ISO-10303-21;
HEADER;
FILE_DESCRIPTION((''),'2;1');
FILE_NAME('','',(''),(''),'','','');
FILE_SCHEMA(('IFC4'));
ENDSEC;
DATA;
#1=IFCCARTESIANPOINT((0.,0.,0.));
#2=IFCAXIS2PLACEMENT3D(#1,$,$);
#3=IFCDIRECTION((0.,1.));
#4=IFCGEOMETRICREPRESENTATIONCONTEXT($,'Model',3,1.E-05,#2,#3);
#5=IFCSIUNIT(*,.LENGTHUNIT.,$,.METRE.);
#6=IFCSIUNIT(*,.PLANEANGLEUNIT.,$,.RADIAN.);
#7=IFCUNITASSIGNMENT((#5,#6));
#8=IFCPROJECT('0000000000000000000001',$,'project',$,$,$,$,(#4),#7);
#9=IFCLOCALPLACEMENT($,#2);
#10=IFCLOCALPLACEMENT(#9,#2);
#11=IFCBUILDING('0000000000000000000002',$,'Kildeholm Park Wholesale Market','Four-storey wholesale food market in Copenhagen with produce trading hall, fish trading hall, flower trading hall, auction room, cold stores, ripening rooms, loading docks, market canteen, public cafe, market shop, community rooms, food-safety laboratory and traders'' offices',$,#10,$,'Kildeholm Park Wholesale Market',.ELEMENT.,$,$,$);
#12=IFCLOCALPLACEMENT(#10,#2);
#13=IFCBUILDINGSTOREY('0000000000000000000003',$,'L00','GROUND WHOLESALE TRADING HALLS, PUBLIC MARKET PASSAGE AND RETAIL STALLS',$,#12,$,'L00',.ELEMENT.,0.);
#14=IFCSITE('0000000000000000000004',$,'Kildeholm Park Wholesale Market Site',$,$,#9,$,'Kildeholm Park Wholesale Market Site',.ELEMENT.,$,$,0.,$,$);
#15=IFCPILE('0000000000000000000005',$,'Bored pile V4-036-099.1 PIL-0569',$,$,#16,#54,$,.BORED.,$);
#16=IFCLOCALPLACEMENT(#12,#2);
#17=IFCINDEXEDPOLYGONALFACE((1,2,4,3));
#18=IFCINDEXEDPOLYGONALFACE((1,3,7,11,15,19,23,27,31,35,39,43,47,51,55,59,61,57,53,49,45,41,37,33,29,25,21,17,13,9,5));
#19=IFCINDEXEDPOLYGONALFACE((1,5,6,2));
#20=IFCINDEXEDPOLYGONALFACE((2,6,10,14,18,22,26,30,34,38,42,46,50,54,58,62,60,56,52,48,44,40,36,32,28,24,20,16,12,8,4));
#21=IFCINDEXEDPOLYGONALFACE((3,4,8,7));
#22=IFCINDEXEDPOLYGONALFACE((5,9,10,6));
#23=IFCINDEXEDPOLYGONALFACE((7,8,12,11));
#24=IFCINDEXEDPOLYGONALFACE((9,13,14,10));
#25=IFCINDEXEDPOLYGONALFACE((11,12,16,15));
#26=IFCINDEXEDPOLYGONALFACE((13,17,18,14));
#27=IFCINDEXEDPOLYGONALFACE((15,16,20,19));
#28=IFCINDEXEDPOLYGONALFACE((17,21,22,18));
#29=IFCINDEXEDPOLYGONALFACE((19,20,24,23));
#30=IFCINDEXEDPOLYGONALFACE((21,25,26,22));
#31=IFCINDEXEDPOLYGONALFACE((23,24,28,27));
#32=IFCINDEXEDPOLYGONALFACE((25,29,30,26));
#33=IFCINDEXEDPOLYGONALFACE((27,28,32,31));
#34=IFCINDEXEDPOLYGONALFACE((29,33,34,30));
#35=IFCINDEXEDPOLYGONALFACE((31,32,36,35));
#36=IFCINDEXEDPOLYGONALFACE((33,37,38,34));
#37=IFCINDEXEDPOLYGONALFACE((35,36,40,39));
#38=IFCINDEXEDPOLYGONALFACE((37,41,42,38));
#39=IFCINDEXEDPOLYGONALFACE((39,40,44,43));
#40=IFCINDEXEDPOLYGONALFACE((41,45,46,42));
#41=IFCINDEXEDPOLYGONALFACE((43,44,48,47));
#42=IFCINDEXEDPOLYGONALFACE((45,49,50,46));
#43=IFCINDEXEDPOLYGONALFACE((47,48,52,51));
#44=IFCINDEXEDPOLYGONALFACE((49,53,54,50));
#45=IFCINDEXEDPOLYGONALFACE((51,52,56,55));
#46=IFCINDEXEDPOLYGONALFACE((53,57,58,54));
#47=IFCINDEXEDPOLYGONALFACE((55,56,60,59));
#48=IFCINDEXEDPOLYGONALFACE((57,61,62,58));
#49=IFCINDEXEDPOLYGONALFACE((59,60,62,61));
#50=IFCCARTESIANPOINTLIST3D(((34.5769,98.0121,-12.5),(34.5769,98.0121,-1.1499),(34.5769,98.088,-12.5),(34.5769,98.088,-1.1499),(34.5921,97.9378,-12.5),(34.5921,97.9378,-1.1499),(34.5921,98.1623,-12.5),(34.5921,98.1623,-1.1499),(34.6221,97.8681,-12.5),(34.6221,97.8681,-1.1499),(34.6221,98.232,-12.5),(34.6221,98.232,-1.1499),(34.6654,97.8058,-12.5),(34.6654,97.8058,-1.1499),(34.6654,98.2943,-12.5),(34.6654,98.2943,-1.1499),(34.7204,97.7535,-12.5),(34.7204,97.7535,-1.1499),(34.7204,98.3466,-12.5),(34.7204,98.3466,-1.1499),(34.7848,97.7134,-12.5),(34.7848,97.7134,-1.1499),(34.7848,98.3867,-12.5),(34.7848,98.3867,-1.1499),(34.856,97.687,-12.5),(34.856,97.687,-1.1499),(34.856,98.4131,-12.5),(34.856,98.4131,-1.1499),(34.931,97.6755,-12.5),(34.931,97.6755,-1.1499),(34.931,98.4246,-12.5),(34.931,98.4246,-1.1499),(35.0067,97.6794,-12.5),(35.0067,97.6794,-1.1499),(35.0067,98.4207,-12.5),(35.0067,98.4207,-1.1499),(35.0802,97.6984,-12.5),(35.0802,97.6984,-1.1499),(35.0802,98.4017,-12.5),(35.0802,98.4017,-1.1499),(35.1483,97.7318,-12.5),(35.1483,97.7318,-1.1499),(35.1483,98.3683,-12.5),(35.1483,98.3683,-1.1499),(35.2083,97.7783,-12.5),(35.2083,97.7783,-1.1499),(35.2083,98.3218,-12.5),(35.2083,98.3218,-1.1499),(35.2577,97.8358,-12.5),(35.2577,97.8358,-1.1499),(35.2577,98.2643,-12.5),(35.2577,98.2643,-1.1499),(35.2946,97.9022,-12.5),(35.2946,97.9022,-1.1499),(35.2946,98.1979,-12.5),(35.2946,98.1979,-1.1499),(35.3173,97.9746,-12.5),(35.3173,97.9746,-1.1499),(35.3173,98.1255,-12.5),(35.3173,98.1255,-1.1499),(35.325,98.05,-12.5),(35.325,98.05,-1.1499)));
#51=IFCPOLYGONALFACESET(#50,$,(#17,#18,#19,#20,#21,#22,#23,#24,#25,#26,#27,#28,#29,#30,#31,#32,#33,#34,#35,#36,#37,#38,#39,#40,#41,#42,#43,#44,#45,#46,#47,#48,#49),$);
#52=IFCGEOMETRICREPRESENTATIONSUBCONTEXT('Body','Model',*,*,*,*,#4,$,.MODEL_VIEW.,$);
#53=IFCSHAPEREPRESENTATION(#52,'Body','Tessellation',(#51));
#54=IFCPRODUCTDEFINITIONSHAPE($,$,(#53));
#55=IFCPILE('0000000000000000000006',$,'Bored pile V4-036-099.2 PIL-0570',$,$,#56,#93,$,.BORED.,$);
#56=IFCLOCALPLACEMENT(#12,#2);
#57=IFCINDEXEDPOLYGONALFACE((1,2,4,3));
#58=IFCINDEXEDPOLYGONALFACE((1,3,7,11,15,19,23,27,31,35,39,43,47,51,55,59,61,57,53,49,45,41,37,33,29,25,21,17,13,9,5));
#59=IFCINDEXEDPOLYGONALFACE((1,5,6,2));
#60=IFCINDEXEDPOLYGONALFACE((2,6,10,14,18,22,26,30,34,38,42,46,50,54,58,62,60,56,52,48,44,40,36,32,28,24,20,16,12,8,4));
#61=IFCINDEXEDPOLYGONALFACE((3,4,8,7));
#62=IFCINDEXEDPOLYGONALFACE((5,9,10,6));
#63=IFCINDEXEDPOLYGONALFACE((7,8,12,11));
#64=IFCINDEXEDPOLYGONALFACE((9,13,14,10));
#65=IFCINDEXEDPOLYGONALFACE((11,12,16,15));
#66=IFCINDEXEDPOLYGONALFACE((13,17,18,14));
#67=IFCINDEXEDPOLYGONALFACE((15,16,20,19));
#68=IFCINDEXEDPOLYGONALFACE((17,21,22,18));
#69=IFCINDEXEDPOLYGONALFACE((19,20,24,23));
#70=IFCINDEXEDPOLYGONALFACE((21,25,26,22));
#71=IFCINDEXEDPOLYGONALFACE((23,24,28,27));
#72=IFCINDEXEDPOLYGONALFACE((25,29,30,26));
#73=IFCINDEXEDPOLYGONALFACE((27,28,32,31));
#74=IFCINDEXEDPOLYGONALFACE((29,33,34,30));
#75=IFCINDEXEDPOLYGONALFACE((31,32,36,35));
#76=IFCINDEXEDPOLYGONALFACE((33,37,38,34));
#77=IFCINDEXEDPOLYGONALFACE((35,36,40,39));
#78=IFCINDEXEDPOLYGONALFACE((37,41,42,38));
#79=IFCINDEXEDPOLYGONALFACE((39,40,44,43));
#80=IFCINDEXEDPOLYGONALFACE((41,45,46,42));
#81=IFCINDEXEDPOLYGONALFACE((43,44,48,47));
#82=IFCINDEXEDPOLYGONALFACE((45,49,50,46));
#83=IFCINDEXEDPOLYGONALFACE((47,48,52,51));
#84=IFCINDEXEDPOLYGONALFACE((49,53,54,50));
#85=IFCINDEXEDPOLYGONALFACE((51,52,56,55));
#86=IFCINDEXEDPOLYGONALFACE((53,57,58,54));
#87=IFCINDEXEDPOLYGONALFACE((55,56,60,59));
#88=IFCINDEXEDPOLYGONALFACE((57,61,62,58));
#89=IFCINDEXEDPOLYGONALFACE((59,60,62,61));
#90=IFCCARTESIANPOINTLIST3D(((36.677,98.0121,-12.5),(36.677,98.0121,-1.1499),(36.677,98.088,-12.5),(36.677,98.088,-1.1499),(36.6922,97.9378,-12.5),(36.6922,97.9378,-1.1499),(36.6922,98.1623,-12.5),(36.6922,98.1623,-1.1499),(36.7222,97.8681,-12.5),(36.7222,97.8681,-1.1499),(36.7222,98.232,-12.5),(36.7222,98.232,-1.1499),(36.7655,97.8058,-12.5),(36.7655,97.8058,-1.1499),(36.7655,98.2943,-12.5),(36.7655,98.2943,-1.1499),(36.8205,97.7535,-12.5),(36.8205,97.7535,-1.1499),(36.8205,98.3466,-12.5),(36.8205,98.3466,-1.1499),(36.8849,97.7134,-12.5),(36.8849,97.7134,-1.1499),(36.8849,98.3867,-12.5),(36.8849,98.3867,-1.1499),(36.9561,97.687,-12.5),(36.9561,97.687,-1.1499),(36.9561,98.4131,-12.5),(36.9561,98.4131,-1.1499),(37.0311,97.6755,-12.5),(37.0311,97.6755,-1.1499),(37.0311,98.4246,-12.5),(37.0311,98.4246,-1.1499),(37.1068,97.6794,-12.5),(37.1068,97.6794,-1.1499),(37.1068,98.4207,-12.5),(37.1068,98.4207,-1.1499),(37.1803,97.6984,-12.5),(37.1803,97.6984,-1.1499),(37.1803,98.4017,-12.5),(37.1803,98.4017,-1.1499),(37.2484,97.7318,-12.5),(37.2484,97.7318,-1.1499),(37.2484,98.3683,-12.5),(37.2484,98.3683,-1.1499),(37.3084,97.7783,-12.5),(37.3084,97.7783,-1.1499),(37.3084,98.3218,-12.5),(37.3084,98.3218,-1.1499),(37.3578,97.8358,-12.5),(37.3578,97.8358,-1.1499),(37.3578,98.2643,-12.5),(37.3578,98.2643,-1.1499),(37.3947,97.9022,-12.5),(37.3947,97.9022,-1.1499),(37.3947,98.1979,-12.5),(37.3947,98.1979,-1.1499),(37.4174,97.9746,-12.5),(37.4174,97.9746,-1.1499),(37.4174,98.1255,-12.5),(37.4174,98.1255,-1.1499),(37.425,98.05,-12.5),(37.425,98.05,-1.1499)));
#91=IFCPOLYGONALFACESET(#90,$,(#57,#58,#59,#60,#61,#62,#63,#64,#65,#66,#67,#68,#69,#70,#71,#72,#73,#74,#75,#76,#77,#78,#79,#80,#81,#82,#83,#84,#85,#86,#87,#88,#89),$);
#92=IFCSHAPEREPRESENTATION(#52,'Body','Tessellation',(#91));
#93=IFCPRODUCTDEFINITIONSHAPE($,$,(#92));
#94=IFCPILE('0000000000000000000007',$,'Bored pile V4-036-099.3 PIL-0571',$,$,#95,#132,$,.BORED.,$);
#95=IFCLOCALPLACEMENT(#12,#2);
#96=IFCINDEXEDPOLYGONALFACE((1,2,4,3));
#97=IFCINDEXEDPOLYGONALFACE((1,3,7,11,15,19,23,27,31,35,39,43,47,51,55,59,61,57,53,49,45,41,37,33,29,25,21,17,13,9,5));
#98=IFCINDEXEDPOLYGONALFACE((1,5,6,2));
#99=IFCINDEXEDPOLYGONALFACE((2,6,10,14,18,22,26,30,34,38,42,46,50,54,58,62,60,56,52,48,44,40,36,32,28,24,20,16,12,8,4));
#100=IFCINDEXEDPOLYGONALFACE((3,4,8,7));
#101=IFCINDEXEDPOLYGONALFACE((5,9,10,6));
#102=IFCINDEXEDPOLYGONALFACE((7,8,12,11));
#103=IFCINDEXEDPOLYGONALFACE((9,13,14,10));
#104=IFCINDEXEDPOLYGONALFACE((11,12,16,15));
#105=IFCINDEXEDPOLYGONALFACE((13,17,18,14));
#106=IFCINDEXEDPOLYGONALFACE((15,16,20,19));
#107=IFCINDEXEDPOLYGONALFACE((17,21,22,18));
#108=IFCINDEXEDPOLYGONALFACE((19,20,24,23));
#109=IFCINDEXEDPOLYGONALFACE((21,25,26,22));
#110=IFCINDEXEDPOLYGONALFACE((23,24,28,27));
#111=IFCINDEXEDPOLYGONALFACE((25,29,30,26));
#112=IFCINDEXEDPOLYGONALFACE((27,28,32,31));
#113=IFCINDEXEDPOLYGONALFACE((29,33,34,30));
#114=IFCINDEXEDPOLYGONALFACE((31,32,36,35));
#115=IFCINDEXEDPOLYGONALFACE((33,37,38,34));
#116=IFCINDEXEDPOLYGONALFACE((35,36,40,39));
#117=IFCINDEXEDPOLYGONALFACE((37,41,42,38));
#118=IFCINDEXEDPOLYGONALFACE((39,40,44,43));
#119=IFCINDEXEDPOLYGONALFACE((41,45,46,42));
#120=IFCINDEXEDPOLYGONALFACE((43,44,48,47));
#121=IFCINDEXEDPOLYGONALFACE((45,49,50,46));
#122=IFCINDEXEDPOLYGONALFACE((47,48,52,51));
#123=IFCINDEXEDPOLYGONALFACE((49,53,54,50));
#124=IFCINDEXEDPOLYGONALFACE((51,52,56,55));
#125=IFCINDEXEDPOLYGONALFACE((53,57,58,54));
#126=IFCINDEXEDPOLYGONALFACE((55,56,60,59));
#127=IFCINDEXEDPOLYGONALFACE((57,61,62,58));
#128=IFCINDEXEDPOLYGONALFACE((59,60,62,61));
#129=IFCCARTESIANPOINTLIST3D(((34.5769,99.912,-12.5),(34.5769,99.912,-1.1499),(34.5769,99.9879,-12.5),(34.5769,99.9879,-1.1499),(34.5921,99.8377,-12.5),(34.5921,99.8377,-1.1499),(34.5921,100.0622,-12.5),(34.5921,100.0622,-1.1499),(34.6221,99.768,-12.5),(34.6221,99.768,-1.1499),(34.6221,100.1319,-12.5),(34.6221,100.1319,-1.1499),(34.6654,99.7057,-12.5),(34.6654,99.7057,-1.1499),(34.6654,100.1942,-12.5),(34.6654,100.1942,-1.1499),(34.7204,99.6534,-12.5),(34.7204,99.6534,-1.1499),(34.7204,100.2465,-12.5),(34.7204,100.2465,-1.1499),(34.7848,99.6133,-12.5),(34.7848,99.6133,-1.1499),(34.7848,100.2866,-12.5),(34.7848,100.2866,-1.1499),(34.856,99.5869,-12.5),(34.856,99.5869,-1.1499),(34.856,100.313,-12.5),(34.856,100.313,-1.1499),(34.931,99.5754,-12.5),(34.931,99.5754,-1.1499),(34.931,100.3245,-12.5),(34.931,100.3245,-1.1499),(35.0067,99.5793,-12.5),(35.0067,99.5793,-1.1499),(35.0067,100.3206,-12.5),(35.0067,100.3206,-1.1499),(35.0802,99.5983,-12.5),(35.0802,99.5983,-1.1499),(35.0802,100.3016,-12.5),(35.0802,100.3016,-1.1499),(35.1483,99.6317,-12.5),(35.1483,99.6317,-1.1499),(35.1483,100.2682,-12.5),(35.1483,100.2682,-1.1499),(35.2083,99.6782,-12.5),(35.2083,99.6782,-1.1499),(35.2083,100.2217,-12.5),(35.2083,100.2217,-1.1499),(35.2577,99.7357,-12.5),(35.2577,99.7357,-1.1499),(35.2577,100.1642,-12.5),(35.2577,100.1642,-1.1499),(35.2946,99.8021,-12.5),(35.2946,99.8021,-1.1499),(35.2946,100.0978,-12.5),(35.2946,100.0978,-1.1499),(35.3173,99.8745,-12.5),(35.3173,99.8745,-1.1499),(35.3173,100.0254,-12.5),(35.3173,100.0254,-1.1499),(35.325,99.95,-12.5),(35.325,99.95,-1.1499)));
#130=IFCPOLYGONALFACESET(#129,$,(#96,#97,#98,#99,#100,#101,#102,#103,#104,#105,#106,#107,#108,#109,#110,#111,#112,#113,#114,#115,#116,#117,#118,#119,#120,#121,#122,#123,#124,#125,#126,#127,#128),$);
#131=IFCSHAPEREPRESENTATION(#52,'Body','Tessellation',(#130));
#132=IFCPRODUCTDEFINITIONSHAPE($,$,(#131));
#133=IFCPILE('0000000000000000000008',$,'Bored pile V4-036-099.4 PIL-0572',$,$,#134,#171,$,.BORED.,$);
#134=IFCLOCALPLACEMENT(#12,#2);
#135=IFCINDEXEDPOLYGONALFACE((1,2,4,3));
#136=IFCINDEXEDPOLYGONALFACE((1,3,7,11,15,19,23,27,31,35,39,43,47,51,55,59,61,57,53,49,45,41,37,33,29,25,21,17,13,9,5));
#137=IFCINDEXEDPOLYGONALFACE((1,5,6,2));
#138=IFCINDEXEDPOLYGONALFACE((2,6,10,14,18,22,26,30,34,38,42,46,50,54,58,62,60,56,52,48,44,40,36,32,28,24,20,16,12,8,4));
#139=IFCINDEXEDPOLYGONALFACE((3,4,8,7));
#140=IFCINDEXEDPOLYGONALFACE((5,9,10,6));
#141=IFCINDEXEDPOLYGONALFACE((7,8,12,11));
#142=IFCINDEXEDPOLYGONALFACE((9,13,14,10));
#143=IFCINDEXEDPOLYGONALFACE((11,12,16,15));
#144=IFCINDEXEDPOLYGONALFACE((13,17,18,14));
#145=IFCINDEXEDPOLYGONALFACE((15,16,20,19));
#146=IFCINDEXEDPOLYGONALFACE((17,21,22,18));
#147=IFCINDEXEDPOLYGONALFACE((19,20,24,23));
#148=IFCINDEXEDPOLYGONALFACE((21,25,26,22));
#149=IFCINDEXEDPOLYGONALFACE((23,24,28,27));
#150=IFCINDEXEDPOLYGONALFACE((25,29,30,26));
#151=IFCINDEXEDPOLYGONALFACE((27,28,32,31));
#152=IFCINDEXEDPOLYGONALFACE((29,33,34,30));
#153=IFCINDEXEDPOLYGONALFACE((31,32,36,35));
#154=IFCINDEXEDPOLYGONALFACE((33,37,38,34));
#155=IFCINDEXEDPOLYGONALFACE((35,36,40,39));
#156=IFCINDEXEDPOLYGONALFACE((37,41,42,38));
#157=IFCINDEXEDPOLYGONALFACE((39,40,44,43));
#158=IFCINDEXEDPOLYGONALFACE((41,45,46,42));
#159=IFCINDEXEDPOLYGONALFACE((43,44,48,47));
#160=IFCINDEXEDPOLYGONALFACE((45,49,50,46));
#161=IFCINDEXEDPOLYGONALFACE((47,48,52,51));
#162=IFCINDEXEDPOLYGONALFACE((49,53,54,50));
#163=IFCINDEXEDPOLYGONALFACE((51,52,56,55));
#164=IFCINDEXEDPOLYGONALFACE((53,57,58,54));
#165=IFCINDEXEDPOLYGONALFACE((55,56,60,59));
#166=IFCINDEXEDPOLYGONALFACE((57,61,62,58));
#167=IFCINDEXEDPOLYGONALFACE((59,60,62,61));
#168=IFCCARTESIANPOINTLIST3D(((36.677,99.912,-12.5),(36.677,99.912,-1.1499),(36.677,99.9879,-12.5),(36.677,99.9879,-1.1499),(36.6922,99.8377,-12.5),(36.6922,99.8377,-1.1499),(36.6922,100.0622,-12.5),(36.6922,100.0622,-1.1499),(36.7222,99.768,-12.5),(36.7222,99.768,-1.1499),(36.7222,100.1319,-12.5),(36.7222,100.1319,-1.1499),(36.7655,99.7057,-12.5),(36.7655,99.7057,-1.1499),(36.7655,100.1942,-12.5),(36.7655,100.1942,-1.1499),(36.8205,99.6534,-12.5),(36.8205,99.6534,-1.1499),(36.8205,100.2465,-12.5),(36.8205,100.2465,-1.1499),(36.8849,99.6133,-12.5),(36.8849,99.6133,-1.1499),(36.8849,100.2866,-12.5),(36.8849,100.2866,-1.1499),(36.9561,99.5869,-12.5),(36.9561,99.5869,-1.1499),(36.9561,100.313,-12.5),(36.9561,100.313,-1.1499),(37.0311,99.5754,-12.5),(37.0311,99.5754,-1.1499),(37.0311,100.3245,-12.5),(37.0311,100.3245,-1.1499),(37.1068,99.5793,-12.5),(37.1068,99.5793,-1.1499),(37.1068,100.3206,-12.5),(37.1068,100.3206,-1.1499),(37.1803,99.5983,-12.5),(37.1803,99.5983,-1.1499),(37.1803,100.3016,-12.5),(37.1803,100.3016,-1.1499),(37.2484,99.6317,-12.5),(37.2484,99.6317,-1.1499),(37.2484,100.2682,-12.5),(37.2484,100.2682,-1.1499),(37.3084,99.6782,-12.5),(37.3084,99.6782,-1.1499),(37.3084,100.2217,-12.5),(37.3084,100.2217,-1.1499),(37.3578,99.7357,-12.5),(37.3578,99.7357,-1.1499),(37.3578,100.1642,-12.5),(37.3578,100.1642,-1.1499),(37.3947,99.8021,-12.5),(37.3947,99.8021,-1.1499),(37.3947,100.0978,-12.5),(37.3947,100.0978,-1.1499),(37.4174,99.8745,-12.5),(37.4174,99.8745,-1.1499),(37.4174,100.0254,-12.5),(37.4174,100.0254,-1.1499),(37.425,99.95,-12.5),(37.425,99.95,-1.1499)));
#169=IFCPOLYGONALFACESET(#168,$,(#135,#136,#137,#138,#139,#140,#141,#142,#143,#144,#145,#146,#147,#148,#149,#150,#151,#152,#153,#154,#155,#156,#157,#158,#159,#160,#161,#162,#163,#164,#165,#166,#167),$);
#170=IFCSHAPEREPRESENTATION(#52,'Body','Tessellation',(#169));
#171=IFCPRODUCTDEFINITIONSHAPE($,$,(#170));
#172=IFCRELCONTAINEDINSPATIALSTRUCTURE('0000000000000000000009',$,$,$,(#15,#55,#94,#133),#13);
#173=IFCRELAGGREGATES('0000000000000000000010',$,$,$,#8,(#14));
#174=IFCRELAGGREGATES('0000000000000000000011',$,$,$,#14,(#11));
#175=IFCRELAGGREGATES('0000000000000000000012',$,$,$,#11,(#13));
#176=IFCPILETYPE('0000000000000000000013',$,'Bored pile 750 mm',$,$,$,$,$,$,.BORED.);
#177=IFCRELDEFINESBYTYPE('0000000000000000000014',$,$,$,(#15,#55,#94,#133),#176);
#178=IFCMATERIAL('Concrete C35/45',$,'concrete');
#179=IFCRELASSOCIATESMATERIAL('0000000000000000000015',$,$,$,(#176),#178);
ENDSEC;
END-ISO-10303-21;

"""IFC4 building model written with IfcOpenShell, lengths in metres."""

from ifc_helpers import new_model, si_unit, direction, frame, origin, origin_2d, place, context, subcontext, project, spatial, circle, extrude, material, material_profile, profile_set, type_object, element, save


model = new_model("IFC4")

# Units and contexts
model_context = context("Model", 3, precision=1e-05, world=origin(), true_north=direction((0.0, 1.0)))
body_context = subcontext(model_context, "Body", "Model", "MODEL_VIEW")
ifc_project = project(units=[si_unit("LENGTHUNIT", "METRE"), si_unit("PLANEANGLEUNIT", "RADIAN")], contexts=[model_context])

# Site, building, storey
site_placement = place(None, origin())
site = spatial("IfcSite", under=ifc_project, at=site_placement, Name="Kildeholm Park Wholesale Market Site", LongName="Kildeholm Park Wholesale Market Site", CompositionType="ELEMENT", RefElevation=0.0)
building_placement = place(site_placement, origin())
building = spatial("IfcBuilding", under=site, at=building_placement, Name="Kildeholm Park Wholesale Market", Description="Four-storey wholesale food market in Copenhagen with produce trading hall, fish trading hall, flower trading hall, auction room, cold stores, ripening rooms, loading docks, market canteen, public cafe, market shop, community rooms, food-safety laboratory and traders' offices", LongName="Kildeholm Park Wholesale Market", CompositionType="ELEMENT")
storey_placement = place(building_placement, origin())
storey = spatial("IfcBuildingStorey", under=building, at=storey_placement, Name="L00", Description="GROUND WHOLESALE TRADING HALLS, PUBLIC MARKET PASSAGE AND RETAIL STALLS", LongName="L00", CompositionType="ELEMENT", Elevation=0.0)

# Piles
ifc_material_1 = material(Name="Concrete C35/45", Category="concrete")
ifc_material_profile_1 = material_profile(ifc_material_1, circle(Radius=0.375, at=origin_2d()), Name="PILE D750")
ifc_profile_set_1 = profile_set([ifc_material_profile_1], Name="Concrete C35/45")
pile_type_1 = type_object("IfcPileType", Name="Bored pile 750 mm", PredefinedType="BORED", material=ifc_profile_set_1)
for number, where, z_axis, x_axis, name in (
    (1, (34.95, 98.05, -1.1499), (0.0, 0.0, -1.0), (1.0, 0.0, 0.0), "Bored pile V4-036-099.1 PIL-0569"),
    (2, (37.05, 98.05, -1.1499), (0.0, 0.0, -1.0), (1.0, 0.0, 0.0), "Bored pile V4-036-099.2 PIL-0570"),
    (3, (34.95, 99.95, -1.1499), (0.0, 0.0, -1.0), (1.0, 0.0, 0.0), "Bored pile V4-036-099.3 PIL-0571"),
    (4, (37.05, 99.95, -1.1499), (0.0, 0.0, -1.0), (1.0, 0.0, 0.0), "Bored pile V4-036-099.4 PIL-0572"),
):
    element("IfcPile", number, at=place(storey_placement, frame(where, z_axis=z_axis, x_axis=x_axis)), inside=storey, type_object=pile_type_1, Name=name, PredefinedType="BORED", context=body_context, shape_type="SweptSolid", body=[
        extrude(circle(Radius=0.375, at=origin_2d()), origin(), (0.0, 0.0, 1.0), 11.3501),
    ])

save(model, "model.ifc")
